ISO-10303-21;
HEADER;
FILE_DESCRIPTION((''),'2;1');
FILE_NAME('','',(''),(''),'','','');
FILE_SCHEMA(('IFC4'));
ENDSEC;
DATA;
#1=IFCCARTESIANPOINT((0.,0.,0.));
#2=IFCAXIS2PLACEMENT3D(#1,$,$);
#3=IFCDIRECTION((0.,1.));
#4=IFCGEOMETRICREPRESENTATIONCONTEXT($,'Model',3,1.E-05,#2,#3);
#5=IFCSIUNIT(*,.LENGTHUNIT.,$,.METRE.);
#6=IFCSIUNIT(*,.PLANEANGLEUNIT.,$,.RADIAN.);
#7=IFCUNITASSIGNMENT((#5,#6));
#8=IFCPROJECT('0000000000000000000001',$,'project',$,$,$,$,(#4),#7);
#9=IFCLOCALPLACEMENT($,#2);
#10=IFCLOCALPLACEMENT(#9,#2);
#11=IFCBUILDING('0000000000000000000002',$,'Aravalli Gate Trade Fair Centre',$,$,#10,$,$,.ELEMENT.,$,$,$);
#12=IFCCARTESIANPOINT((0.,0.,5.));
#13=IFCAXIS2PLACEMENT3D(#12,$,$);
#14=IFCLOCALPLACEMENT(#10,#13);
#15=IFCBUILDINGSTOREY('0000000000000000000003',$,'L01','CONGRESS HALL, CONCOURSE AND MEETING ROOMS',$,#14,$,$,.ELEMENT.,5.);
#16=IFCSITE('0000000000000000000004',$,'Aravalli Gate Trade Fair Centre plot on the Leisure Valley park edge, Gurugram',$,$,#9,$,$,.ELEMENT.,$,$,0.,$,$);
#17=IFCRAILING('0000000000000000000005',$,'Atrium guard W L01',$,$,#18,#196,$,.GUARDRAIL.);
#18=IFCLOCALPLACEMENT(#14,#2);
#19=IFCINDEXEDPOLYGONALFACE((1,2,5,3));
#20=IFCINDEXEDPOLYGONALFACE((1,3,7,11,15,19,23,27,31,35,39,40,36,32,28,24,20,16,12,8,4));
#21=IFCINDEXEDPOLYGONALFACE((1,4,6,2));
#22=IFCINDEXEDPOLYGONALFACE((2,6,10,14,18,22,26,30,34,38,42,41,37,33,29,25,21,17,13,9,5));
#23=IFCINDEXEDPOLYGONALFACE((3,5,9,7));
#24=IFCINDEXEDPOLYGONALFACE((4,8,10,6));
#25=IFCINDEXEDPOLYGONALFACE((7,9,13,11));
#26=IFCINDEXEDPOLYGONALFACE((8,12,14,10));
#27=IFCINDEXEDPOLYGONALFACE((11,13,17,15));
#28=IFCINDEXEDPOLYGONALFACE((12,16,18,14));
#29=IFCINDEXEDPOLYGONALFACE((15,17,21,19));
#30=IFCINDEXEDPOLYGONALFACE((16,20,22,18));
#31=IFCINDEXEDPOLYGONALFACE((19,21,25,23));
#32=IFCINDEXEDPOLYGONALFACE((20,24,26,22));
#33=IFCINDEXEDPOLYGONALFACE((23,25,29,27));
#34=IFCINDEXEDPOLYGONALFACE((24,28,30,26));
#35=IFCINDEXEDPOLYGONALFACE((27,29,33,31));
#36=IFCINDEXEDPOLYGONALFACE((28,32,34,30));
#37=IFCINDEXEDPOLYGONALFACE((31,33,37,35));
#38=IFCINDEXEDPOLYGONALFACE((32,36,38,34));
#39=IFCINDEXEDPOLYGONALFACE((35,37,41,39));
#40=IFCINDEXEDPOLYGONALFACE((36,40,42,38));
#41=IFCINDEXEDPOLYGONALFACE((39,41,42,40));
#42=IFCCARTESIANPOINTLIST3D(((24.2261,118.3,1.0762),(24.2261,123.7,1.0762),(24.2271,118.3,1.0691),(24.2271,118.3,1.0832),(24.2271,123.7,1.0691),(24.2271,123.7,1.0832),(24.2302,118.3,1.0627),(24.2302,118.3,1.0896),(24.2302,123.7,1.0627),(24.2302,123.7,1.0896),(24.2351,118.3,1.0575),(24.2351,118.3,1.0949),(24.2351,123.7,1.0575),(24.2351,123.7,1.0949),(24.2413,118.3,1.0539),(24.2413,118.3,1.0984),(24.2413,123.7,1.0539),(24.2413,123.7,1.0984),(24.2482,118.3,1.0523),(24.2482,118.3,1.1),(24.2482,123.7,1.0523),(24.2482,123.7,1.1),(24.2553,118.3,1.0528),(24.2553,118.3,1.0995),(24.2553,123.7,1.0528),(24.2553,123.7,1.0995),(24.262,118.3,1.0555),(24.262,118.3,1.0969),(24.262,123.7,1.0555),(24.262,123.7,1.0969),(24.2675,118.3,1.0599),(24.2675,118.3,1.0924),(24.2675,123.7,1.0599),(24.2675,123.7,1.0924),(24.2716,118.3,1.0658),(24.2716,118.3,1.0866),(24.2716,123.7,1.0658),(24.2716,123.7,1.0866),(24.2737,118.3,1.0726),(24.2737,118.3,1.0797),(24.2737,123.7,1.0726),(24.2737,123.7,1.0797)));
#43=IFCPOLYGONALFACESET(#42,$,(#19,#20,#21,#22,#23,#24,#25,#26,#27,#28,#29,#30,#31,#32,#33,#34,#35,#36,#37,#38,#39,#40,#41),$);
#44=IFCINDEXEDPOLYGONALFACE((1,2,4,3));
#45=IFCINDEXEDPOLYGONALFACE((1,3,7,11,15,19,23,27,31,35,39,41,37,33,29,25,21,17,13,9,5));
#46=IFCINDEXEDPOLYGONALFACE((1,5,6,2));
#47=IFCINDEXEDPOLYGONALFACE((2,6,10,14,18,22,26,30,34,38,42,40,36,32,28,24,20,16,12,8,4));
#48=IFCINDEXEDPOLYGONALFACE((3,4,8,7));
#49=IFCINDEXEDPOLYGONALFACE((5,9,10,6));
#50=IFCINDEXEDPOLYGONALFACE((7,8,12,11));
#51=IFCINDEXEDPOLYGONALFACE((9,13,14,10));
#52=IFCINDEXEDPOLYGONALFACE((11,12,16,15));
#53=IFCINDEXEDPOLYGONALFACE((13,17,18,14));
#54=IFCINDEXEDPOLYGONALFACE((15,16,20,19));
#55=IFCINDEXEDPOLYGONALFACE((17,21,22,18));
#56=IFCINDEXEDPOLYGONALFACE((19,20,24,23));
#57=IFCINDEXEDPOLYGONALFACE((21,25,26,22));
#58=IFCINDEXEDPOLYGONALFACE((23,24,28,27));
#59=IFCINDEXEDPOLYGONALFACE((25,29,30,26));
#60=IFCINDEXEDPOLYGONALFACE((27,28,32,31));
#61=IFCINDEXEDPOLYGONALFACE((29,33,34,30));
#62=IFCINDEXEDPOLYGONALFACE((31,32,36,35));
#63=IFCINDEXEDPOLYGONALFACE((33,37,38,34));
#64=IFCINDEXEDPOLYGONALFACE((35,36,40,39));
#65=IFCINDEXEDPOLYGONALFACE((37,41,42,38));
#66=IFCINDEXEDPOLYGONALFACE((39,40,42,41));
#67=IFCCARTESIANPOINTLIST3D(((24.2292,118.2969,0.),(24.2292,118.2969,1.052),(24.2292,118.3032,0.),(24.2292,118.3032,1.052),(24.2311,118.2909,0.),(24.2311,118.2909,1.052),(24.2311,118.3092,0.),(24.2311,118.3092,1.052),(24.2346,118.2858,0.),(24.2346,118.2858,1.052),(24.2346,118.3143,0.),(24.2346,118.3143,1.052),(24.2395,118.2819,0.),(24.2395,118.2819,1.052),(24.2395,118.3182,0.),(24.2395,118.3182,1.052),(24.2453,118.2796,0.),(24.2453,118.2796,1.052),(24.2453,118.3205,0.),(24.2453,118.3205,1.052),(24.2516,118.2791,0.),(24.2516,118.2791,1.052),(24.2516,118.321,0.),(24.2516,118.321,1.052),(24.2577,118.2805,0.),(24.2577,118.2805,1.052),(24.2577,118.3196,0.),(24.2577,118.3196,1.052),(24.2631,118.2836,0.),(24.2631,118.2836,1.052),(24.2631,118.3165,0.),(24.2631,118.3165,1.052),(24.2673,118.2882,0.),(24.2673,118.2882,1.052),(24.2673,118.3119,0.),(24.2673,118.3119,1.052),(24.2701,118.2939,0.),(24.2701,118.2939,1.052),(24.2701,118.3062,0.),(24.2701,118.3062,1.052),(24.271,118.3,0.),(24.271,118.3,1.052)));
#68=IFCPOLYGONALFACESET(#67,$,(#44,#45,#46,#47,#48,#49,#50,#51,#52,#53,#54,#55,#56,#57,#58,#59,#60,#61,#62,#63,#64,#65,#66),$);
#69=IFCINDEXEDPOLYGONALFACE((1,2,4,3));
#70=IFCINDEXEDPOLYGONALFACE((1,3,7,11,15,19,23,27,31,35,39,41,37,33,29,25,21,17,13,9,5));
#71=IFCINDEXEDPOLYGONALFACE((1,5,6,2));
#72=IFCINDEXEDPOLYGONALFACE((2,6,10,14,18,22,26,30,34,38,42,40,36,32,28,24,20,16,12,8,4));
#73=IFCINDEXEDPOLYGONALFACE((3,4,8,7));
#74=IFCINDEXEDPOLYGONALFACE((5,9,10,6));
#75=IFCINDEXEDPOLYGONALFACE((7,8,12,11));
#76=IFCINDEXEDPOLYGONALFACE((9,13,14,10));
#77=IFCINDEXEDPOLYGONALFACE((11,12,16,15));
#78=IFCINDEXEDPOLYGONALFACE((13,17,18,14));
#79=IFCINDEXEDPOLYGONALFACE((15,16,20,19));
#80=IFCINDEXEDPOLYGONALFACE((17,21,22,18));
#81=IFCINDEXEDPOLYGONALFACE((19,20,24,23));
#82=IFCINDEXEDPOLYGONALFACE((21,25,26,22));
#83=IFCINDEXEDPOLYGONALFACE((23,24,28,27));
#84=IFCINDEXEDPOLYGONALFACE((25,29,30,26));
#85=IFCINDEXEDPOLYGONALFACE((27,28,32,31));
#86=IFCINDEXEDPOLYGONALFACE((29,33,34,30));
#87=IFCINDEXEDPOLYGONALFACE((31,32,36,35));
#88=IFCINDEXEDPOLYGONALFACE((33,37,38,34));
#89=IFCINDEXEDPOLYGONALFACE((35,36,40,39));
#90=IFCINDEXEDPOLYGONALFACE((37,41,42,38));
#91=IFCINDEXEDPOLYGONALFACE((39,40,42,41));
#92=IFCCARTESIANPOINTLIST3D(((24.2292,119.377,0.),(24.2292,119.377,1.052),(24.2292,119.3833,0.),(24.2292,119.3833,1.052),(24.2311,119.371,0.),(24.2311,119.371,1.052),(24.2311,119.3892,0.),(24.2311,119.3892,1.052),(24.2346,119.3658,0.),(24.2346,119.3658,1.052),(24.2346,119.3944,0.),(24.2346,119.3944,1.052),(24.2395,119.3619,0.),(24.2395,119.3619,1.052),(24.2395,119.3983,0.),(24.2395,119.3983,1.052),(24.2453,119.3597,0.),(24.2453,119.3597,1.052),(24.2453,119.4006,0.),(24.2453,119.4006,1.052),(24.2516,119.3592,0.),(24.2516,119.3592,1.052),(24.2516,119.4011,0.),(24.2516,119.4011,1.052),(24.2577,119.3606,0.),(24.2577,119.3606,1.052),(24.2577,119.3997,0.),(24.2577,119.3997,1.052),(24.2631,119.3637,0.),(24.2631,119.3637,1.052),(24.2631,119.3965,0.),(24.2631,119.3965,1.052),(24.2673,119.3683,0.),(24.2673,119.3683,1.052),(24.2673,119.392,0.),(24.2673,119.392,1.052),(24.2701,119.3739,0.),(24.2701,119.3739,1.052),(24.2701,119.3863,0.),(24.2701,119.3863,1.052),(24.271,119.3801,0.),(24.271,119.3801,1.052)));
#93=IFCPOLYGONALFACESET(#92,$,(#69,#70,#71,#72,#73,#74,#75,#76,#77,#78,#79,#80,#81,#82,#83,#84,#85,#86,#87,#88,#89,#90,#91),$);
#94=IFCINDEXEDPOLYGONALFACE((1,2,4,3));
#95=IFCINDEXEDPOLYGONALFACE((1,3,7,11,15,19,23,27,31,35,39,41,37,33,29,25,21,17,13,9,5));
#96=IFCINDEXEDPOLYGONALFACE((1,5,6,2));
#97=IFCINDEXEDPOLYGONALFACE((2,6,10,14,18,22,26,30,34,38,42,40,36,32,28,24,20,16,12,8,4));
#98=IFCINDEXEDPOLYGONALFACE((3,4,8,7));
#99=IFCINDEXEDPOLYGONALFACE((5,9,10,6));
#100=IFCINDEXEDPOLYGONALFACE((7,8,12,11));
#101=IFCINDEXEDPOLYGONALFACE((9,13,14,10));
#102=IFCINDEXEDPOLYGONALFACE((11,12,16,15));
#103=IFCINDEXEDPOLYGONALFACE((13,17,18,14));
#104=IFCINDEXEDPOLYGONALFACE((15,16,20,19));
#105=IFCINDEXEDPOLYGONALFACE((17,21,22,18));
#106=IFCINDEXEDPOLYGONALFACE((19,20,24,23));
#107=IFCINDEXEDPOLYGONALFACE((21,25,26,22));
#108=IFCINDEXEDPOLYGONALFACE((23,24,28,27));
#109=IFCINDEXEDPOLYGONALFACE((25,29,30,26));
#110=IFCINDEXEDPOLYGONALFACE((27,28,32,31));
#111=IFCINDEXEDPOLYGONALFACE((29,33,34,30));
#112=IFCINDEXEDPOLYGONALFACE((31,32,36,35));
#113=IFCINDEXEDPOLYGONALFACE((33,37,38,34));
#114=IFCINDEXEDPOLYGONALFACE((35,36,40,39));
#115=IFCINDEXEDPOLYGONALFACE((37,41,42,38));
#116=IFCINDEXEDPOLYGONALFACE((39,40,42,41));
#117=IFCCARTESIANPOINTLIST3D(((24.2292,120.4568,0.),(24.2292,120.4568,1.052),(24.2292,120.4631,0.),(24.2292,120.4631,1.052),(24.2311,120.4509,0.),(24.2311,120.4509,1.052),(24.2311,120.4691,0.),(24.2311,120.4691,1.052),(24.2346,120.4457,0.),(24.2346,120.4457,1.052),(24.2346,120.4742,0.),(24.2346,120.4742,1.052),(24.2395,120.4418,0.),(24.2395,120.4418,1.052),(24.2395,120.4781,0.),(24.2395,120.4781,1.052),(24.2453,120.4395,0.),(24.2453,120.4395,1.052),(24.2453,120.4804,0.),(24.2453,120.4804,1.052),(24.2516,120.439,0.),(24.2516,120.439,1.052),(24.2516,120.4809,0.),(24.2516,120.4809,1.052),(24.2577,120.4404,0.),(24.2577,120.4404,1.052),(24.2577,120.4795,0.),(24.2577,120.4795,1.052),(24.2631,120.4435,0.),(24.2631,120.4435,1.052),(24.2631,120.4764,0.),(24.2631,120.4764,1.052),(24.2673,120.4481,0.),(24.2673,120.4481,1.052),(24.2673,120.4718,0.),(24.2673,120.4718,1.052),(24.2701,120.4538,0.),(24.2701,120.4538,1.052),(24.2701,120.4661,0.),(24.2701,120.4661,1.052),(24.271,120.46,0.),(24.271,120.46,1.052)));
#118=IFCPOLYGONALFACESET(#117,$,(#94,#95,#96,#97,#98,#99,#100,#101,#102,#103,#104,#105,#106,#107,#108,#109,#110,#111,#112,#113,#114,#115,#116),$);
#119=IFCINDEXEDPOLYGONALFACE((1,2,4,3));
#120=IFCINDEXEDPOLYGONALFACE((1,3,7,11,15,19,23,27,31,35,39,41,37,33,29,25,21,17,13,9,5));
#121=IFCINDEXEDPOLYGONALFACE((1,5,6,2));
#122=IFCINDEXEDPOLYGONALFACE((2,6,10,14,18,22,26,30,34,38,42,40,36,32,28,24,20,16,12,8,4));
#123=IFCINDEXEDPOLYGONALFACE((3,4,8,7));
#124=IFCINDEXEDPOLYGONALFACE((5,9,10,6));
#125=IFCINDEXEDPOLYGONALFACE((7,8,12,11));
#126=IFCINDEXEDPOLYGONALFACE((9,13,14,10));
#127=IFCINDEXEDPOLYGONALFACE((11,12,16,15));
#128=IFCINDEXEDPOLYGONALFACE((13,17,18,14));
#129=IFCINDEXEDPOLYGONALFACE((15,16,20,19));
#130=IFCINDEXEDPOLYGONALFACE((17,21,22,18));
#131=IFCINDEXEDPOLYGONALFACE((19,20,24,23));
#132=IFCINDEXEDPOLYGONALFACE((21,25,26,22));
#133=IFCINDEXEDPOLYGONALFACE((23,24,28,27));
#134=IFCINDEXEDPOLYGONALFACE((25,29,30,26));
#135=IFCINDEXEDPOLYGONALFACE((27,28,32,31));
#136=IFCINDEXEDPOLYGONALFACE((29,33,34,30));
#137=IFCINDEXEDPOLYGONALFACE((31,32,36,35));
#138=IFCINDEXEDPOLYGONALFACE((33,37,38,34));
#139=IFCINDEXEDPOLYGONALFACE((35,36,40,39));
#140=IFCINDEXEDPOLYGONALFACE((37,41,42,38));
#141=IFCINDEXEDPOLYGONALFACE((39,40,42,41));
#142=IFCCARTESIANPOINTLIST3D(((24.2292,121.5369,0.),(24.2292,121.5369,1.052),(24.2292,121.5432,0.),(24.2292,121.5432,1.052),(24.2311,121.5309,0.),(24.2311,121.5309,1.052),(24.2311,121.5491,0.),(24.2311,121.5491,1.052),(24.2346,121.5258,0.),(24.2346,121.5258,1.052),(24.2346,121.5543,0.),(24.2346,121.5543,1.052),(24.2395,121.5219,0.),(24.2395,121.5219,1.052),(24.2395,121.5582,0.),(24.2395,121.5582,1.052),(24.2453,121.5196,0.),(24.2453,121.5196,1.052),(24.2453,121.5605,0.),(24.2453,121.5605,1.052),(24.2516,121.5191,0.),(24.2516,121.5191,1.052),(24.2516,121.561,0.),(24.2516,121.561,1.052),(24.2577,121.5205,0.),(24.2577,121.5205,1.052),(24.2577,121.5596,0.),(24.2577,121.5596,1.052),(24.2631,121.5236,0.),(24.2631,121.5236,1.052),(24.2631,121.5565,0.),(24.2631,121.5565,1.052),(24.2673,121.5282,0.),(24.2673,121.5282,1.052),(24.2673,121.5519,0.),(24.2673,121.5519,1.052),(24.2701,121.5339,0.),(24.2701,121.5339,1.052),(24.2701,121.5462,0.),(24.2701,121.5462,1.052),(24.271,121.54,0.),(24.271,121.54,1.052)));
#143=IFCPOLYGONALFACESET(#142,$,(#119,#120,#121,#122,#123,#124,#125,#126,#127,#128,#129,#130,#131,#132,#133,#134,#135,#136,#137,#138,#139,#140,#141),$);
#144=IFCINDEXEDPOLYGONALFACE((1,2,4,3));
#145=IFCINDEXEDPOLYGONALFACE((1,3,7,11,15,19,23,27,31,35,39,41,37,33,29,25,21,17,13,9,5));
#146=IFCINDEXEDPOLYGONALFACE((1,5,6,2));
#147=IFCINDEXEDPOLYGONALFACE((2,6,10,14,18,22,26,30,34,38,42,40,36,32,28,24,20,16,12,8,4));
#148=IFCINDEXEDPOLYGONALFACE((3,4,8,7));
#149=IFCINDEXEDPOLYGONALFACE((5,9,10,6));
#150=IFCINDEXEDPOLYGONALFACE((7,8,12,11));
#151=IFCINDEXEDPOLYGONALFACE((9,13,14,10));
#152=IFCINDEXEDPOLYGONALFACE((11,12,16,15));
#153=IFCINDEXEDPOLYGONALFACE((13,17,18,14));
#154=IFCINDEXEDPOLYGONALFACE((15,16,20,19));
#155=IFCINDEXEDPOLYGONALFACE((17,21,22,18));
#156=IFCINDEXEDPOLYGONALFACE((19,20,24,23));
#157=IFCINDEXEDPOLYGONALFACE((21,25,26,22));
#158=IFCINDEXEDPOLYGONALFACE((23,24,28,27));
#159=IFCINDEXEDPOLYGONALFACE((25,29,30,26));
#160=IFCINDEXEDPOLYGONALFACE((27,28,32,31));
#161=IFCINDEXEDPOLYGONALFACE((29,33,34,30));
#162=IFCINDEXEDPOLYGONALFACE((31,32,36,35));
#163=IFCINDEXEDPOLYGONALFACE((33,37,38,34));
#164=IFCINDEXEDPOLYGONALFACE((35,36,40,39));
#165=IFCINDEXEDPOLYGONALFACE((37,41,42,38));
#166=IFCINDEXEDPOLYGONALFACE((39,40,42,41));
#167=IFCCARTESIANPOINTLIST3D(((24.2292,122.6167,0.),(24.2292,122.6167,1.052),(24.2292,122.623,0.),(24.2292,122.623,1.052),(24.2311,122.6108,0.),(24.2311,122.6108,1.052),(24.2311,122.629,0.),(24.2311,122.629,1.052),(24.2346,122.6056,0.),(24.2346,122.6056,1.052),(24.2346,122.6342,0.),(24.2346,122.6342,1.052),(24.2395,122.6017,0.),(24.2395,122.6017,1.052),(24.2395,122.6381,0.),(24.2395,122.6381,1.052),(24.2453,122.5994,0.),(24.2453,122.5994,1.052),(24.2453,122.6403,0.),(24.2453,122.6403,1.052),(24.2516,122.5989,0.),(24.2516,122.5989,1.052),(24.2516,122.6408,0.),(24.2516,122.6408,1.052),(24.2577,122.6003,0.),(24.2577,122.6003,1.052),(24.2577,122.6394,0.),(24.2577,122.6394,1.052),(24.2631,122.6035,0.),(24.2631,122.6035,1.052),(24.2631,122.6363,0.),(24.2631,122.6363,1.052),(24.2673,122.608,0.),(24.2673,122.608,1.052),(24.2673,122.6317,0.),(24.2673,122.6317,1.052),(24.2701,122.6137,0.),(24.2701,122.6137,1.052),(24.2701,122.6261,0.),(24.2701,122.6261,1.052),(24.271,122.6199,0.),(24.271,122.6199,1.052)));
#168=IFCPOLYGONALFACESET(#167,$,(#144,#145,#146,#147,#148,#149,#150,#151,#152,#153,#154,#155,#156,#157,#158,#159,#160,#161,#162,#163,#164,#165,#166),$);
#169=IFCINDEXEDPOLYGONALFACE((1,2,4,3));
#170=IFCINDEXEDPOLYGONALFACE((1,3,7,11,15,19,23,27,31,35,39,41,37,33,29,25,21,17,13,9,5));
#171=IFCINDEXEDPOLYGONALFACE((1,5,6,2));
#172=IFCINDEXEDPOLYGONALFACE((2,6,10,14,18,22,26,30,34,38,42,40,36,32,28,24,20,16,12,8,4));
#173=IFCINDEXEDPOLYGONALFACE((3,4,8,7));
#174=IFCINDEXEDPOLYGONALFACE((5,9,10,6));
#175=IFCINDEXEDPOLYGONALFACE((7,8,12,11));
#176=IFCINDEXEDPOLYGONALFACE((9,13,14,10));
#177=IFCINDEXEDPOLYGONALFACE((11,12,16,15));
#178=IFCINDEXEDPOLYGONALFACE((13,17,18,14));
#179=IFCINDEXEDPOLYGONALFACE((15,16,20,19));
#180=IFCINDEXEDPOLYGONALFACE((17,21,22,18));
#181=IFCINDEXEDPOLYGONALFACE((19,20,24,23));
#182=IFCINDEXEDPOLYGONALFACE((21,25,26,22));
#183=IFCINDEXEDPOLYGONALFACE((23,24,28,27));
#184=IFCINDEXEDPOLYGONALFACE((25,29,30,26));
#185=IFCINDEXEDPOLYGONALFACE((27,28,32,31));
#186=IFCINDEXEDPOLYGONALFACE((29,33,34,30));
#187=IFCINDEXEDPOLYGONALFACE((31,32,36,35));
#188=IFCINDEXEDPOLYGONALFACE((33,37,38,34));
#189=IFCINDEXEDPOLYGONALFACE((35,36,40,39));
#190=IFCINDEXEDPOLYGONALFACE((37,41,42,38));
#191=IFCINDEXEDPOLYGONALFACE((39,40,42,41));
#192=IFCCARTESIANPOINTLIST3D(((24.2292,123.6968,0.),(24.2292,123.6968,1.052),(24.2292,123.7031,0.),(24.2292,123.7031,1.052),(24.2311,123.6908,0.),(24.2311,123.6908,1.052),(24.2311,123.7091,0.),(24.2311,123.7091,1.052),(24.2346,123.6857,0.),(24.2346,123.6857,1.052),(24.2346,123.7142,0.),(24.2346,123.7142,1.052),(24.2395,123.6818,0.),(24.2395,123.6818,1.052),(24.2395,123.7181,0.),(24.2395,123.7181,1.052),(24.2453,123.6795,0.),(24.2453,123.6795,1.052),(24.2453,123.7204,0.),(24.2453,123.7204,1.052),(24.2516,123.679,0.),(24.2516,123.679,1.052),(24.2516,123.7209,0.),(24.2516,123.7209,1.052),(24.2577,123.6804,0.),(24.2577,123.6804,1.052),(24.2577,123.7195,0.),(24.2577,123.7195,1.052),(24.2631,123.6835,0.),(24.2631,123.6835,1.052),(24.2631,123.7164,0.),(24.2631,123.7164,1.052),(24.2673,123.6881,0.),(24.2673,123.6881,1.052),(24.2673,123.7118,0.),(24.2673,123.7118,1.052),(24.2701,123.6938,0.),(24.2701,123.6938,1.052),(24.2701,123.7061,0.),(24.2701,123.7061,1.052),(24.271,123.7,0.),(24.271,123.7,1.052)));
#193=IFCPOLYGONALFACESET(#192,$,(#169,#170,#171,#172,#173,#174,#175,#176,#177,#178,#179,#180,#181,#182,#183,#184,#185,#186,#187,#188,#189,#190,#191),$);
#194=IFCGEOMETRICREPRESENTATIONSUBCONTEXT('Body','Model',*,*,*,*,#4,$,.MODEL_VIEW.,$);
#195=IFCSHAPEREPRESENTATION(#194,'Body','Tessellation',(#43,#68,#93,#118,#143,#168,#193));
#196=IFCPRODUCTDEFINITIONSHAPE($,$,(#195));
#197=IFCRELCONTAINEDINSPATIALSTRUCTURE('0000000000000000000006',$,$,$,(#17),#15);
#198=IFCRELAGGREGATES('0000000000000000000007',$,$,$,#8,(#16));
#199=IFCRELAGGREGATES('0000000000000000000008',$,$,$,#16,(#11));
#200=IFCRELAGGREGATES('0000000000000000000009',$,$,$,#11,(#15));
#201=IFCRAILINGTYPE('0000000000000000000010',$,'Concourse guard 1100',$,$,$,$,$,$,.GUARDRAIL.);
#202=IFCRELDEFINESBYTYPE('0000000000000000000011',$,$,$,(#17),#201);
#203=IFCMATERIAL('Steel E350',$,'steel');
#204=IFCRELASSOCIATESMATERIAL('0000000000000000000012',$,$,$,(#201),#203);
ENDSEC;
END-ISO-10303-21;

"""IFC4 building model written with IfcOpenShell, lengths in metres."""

from ifc_helpers import new_model, si_unit, direction, frame, origin, origin_2d, place, context, subcontext, project, spatial, circle, extrude, material, type_object, element, save


model = new_model("IFC4")

# Units and contexts
model_context = context("Model", 3, precision=1e-05, world=origin(), true_north=direction((0.0, 1.0)))
body_context = subcontext(model_context, "Body", "Model", "MODEL_VIEW")
ifc_project = project(units=[si_unit("LENGTHUNIT", "METRE"), si_unit("PLANEANGLEUNIT", "RADIAN")], contexts=[model_context])

# Site, building, storey
site_placement = place(None, origin())
site = spatial("IfcSite", under=ifc_project, at=site_placement, Name="Aravalli Gate Trade Fair Centre plot on the Leisure Valley park edge, Gurugram", CompositionType="ELEMENT", RefElevation=0.0)
building_placement = place(site_placement, origin())
building = spatial("IfcBuilding", under=site, at=building_placement, Name="Aravalli Gate Trade Fair Centre", CompositionType="ELEMENT")
storey_placement = place(building_placement, frame((0.0, 0.0, 5.0)))
storey = spatial("IfcBuildingStorey", under=building, at=storey_placement, Name="L01", Description="CONGRESS HALL, CONCOURSE AND MEETING ROOMS", CompositionType="ELEMENT", Elevation=5.0)

# Shared definitions
ifc_material_1 = material(Name="Steel E350", Category="steel")

# Railing
railing_type_1 = type_object("IfcRailingType", Name="Concourse guard 1100", PredefinedType="GUARDRAIL", material=ifc_material_1)
railing_1_placement = place(storey_placement, frame((24.25, 118.3, 0.0)))
element("IfcRailing", 1, at=railing_1_placement, inside=storey, type_object=railing_type_1, Name="Atrium guard W L01", PredefinedType="GUARDRAIL", context=body_context, shape_type="SweptSolid", body=[
    extrude(circle(Radius=0.0239, at=origin_2d()), frame((0.0, 0.0, 1.0762), z_axis=(0.0, 1.0, 0.0), x_axis=(-1.0, 0.0, 0.0)), (0.0, 0.0, 1.0), 5.3999),
    extrude(circle(Radius=0.021, at=origin_2d()), origin(), (0.0, 0.0, 1.0), 1.052),
    extrude(circle(Radius=0.021, at=origin_2d()), frame((0.0, 1.0801, 0.0)), (0.0, 0.0, 1.0), 1.052),
    extrude(circle(Radius=0.021, at=origin_2d()), frame((0.0, 2.1599, 0.0)), (0.0, 0.0, 1.0), 1.052),
    extrude(circle(Radius=0.021, at=origin_2d()), frame((0.0, 3.24, 0.0)), (0.0, 0.0, 1.0), 1.052),
    extrude(circle(Radius=0.021, at=origin_2d()), frame((0.0, 4.3198, 0.0)), (0.0, 0.0, 1.0), 1.052),
    extrude(circle(Radius=0.021, at=origin_2d()), frame((0.0, 5.3999, 0.0)), (0.0, 0.0, 1.0), 1.052),
])

save(model, "model.ifc")
